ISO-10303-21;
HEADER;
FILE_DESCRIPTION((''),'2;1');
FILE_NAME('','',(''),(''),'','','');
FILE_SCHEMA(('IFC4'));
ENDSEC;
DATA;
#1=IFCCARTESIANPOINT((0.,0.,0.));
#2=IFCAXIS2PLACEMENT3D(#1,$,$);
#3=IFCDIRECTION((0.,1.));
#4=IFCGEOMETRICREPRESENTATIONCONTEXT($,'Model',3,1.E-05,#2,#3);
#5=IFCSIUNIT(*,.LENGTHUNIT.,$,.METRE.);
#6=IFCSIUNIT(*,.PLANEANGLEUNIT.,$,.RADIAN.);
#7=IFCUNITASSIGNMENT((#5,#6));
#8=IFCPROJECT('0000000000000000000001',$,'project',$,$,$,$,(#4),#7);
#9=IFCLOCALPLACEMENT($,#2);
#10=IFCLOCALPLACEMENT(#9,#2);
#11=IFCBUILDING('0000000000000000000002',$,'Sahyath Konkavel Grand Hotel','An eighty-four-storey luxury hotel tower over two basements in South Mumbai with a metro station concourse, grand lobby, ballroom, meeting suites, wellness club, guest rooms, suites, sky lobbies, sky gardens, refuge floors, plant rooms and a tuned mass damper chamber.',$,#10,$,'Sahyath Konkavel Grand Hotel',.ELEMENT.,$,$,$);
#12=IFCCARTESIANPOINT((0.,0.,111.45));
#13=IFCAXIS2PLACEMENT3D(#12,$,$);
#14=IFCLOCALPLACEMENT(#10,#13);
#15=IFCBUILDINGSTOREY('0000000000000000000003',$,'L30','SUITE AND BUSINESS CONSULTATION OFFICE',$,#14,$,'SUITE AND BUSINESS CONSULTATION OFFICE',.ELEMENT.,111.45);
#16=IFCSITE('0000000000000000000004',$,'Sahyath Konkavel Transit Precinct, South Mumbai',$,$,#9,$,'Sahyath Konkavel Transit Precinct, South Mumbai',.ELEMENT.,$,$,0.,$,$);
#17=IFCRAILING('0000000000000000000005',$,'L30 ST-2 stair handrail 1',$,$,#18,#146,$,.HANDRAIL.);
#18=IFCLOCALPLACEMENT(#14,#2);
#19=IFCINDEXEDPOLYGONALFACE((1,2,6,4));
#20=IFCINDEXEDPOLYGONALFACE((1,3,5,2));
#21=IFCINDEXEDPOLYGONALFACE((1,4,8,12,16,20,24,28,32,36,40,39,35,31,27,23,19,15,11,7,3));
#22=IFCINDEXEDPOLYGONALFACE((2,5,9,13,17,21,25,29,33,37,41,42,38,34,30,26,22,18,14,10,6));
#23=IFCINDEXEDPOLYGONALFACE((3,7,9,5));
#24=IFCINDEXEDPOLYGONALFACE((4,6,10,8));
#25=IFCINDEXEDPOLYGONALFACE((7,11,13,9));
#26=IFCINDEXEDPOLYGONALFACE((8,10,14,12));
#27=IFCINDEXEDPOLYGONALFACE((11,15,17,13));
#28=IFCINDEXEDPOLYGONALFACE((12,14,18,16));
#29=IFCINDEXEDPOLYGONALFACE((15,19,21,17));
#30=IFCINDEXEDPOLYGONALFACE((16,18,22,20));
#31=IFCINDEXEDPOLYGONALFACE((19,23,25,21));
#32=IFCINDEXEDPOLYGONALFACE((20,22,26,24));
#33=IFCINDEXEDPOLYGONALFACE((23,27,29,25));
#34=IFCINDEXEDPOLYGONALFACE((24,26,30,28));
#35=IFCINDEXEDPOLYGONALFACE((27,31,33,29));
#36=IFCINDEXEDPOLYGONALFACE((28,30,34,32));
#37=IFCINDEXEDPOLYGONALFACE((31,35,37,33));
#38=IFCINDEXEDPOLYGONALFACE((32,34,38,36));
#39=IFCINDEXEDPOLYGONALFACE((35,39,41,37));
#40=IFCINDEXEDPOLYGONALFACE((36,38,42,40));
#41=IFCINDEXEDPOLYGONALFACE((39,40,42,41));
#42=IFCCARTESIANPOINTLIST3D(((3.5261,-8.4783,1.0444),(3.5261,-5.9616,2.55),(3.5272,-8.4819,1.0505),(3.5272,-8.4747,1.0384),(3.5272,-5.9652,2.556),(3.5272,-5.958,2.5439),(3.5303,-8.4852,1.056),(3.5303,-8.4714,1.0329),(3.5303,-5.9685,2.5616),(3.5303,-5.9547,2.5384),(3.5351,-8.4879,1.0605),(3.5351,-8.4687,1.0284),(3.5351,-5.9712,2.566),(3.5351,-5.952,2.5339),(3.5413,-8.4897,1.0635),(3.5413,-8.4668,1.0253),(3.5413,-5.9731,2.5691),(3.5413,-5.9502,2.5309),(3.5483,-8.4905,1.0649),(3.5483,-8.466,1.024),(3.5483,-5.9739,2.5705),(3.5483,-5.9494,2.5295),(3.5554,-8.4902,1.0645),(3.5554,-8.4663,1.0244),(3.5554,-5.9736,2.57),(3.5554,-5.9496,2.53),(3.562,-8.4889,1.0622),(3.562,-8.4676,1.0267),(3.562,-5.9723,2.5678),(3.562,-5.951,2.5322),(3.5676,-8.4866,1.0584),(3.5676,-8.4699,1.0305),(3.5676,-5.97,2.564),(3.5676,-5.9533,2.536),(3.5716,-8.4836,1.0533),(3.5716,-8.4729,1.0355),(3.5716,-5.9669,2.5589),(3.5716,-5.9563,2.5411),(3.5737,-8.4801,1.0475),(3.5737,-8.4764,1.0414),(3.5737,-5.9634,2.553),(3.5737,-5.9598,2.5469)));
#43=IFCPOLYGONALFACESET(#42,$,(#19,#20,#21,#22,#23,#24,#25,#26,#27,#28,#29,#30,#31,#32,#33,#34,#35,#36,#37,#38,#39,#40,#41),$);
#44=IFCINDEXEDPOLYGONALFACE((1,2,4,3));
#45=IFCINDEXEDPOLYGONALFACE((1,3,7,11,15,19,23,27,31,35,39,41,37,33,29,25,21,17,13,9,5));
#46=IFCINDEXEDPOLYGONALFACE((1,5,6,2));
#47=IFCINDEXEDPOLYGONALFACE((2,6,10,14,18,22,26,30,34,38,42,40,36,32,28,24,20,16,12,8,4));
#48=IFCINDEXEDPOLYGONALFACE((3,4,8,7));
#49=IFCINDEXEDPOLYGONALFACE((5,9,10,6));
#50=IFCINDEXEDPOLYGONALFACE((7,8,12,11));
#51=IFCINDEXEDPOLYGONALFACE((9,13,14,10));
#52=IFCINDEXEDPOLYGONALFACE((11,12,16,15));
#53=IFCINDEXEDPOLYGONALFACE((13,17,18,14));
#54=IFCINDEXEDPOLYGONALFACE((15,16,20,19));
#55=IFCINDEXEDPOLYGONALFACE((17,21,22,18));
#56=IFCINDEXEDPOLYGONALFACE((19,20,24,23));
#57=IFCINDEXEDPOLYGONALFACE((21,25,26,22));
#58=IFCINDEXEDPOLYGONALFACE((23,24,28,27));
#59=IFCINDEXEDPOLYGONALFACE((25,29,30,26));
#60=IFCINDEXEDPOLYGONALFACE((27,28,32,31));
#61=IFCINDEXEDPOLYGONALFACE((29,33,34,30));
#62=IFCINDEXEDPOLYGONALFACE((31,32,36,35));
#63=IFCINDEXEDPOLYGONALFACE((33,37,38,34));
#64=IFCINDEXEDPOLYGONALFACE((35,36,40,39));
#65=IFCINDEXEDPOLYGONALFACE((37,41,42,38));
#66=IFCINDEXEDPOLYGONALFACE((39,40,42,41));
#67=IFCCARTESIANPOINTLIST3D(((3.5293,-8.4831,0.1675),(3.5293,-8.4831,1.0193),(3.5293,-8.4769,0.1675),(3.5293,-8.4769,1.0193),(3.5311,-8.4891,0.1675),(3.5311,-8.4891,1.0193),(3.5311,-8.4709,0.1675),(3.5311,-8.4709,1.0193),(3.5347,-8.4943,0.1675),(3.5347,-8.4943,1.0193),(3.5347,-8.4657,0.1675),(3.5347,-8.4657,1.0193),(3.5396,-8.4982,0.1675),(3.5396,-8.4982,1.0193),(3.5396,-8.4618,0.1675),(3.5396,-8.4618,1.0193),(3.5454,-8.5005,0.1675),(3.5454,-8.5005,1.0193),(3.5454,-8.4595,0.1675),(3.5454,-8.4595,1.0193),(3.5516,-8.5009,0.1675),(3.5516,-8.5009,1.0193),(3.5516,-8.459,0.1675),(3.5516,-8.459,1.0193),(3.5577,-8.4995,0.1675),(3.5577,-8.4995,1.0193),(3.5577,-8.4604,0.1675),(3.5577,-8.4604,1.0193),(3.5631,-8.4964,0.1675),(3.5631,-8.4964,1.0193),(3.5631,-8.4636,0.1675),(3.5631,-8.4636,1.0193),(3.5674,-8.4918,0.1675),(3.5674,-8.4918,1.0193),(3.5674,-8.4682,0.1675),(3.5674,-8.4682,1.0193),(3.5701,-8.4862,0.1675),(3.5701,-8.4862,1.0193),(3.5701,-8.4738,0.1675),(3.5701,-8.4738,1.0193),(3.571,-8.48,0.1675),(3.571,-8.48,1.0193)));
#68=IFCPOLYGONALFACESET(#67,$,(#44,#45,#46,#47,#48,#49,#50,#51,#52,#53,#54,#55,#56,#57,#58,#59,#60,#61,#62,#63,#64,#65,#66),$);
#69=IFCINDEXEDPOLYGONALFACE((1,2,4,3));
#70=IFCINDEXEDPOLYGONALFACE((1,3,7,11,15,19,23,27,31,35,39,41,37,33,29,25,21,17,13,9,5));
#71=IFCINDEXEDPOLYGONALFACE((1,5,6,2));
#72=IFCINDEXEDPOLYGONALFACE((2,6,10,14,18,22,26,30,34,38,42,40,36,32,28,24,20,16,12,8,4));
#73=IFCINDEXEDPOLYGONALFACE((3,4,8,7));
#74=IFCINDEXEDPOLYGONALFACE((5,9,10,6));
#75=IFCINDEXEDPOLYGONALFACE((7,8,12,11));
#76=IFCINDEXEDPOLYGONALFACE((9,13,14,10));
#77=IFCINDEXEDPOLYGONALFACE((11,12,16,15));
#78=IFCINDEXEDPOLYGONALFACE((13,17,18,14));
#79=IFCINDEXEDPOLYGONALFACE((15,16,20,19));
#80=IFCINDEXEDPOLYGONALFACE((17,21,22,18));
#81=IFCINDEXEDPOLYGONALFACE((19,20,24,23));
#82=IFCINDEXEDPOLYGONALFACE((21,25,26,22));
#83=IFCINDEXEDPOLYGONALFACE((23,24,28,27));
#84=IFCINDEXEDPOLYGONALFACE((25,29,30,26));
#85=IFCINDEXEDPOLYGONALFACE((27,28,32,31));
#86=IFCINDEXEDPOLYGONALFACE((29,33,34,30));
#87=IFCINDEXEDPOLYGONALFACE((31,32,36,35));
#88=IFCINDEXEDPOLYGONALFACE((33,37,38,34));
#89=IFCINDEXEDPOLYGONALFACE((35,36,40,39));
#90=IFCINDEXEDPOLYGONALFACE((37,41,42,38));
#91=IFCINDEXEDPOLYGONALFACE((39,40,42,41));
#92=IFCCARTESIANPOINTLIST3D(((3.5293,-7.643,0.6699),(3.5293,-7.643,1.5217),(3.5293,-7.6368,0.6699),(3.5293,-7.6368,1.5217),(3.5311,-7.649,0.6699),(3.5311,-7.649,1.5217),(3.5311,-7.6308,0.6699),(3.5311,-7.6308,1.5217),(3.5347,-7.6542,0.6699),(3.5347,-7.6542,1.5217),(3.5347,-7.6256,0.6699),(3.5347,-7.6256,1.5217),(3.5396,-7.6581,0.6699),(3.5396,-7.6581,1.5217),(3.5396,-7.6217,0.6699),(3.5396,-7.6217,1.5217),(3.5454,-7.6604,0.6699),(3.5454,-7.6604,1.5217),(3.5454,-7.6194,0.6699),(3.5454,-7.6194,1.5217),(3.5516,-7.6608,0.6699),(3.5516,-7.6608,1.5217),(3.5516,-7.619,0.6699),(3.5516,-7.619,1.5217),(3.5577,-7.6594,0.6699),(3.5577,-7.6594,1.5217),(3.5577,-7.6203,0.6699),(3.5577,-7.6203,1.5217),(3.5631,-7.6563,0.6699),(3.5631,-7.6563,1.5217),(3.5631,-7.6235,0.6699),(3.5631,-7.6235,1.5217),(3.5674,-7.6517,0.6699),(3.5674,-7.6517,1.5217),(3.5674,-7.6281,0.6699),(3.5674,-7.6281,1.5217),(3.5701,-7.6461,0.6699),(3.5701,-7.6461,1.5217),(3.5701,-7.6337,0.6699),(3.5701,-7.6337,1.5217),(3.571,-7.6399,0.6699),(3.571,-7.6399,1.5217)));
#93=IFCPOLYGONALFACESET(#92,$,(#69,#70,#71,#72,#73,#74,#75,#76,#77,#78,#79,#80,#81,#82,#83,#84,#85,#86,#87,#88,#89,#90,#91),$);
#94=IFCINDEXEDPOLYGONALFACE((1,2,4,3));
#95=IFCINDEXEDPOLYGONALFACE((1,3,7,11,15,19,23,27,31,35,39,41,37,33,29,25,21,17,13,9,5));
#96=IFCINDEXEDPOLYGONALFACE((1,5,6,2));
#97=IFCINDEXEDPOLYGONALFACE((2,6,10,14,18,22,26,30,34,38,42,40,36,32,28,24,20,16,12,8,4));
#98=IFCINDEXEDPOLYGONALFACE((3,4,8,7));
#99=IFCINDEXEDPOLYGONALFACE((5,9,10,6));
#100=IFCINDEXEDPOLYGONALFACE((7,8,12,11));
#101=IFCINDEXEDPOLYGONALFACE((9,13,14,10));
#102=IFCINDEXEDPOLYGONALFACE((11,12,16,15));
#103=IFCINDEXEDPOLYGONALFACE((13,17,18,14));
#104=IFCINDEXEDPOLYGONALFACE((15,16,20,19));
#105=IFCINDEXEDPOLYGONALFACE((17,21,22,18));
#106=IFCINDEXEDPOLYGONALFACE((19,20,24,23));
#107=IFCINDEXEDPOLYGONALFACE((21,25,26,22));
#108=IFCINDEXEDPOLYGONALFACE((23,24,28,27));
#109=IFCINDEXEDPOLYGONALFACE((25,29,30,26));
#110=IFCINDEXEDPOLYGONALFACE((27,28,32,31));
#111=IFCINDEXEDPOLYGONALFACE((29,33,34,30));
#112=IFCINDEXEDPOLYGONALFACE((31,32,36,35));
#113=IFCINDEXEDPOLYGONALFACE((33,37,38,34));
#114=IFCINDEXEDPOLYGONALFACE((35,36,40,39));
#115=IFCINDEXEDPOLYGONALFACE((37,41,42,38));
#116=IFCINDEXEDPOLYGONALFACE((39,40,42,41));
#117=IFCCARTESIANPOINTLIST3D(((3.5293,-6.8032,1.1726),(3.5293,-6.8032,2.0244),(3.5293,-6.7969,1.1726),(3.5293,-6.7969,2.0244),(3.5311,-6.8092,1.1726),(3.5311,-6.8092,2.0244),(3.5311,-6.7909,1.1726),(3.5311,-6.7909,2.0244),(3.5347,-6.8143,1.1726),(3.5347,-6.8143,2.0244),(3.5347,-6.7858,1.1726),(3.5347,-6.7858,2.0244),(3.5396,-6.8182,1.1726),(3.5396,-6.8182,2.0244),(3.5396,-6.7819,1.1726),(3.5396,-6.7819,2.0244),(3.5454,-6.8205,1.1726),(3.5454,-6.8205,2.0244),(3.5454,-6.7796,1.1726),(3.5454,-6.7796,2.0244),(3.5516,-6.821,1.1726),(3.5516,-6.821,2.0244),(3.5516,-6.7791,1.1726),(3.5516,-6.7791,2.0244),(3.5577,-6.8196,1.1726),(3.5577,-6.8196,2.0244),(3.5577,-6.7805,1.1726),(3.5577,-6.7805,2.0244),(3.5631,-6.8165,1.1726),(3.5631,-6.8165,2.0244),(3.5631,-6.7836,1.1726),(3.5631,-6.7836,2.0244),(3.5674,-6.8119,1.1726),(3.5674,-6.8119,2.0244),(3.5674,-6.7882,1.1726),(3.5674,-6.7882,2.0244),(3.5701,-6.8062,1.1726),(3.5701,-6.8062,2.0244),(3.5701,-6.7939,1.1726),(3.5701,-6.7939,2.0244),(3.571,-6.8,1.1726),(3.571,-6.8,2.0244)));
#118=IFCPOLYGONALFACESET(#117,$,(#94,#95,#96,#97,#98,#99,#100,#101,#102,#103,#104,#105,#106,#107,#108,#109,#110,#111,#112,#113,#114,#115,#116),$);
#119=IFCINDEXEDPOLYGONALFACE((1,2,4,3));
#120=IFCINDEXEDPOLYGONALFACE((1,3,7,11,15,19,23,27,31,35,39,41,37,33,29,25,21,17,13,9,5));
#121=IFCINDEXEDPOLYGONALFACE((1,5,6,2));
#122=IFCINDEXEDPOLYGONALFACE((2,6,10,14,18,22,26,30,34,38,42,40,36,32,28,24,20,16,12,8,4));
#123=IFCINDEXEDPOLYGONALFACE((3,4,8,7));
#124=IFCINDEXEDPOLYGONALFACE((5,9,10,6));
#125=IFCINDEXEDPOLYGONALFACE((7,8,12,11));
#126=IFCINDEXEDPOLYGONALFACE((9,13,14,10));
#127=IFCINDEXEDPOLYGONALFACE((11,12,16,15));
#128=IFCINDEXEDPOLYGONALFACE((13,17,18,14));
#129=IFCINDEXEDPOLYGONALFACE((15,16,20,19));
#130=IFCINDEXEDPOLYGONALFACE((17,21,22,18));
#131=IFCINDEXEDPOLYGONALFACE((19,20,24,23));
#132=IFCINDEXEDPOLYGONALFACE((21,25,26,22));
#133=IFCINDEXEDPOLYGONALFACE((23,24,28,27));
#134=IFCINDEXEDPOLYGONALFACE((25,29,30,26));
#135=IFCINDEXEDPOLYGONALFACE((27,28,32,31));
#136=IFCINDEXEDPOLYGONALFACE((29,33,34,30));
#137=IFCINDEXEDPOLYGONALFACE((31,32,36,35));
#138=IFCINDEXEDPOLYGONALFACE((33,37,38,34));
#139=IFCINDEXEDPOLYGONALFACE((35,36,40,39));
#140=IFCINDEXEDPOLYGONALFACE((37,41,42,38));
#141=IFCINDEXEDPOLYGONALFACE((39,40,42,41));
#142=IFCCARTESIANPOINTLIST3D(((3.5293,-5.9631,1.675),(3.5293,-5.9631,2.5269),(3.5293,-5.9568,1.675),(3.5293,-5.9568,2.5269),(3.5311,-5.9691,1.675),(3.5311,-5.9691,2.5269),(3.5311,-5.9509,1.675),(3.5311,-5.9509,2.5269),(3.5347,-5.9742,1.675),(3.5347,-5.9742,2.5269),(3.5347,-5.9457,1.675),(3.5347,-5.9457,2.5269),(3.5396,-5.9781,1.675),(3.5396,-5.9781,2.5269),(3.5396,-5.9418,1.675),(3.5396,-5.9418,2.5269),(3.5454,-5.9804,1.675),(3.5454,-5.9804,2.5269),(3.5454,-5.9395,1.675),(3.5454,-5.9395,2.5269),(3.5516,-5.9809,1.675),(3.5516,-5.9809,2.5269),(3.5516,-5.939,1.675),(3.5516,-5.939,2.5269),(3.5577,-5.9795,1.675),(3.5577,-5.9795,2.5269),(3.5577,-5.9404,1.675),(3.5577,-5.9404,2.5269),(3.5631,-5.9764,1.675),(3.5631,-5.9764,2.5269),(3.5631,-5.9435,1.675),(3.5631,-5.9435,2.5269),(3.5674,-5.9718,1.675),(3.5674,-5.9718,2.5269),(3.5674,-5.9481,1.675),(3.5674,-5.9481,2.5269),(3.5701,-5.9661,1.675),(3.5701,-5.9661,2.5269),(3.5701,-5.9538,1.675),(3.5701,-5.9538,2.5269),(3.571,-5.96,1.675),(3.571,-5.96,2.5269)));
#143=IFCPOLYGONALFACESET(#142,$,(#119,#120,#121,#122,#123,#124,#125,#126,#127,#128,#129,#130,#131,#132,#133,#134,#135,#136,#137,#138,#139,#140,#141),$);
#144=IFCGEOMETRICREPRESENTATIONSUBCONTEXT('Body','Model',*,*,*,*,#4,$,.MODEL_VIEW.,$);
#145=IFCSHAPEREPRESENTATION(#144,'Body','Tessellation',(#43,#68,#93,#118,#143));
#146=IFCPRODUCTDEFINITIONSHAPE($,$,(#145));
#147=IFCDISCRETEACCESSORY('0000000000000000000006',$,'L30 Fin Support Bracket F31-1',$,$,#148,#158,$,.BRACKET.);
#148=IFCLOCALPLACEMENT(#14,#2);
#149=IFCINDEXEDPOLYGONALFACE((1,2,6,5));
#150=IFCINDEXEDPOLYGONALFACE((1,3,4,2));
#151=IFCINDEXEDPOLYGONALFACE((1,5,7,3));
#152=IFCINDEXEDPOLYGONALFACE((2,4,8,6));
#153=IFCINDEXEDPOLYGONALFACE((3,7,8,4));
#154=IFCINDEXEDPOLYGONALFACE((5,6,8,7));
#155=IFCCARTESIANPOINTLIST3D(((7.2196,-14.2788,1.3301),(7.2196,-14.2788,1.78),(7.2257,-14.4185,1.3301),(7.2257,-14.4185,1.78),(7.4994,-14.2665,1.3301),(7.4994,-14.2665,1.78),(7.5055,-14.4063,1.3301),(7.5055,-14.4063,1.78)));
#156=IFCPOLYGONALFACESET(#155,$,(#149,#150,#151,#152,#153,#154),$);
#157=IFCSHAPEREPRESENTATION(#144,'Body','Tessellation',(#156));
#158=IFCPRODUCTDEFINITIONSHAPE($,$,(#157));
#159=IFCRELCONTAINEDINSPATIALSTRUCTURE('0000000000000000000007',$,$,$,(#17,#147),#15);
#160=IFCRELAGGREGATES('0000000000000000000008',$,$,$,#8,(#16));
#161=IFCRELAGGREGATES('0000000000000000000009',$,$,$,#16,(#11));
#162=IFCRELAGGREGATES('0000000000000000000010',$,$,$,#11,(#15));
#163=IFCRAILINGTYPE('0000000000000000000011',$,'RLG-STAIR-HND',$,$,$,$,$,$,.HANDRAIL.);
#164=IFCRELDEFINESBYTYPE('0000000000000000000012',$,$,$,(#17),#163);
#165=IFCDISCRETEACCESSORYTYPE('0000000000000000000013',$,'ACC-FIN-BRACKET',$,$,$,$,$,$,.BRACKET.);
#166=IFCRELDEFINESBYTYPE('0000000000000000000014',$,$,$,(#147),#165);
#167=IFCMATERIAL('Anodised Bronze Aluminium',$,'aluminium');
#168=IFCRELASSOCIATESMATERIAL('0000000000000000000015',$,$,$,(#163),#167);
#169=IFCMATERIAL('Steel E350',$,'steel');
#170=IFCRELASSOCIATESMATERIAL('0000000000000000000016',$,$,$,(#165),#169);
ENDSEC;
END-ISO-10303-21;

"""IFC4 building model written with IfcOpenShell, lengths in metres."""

from ifc_helpers import new_model, si_unit, direction, frame, origin, origin_2d, place, context, subcontext, project, spatial, rectangle, circle, extrude, source, transform, mapped, material, type_object, element, save


model = new_model("IFC4")

# Units and contexts
model_context = context("Model", 3, precision=1e-05, world=origin(), true_north=direction((0.0, 1.0)))
body_context = subcontext(model_context, "Body", "Model", "MODEL_VIEW")
ifc_project = project(units=[si_unit("LENGTHUNIT", "METRE"), si_unit("PLANEANGLEUNIT", "RADIAN")], contexts=[model_context])

# Site, building, storey
site_placement = place(None, origin())
site = spatial("IfcSite", under=ifc_project, at=site_placement, Name="Sahyath Konkavel Transit Precinct, South Mumbai", LongName="Sahyath Konkavel Transit Precinct, South Mumbai", CompositionType="ELEMENT", RefElevation=0.0)
building_placement = place(site_placement, origin())
building = spatial("IfcBuilding", under=site, at=building_placement, Name="Sahyath Konkavel Grand Hotel", Description="An eighty-four-storey luxury hotel tower over two basements in South Mumbai with a metro station concourse, grand lobby, ballroom, meeting suites, wellness club, guest rooms, suites, sky lobbies, sky gardens, refuge floors, plant rooms and a tuned mass damper chamber.", LongName="Sahyath Konkavel Grand Hotel", CompositionType="ELEMENT")
storey_placement = place(building_placement, frame((0.0, 0.0, 111.45)))
storey = spatial("IfcBuildingStorey", under=building, at=storey_placement, Name="L30", Description="SUITE AND BUSINESS CONSULTATION OFFICE", LongName="SUITE AND BUSINESS CONSULTATION OFFICE", CompositionType="ELEMENT", Elevation=111.45)

# Shared definitions
ifc_material_1 = material(Name="Steel E350", Category="steel")

# Shared definitions
ifc_material_2 = material(Name="Anodised Bronze Aluminium", Category="aluminium")

# Railing
railing_type_1 = type_object("IfcRailingType", Name="RLG-STAIR-HND", PredefinedType="HANDRAIL", material=ifc_material_2)
railing_1_placement = place(storey_placement, frame((3.55, -8.48, 0.1675)))
element("IfcRailing", 1, at=railing_1_placement, inside=storey, type_object=railing_type_1, Name="L30 ST-2 stair handrail 1", PredefinedType="HANDRAIL", context=body_context, shape_type="SweptSolid", body=[
    extrude(circle(Radius=0.0239, at=origin_2d()), frame((0.0, 0.0017, 0.877), z_axis=(0.0, 0.85816, 0.513383), x_axis=(-1.0, 0.0, 0.0)), (0.0, 0.0, 1.0), 2.9326),
    extrude(circle(Radius=0.021, at=origin_2d()), origin(), (0.0, 0.0, 1.0), 0.8518),
    extrude(circle(Radius=0.021, at=origin_2d()), frame((0.0, 0.8401, 0.5024)), (0.0, 0.0, 1.0), 0.8518),
    extrude(circle(Radius=0.021, at=origin_2d()), frame((0.0, 1.6799, 1.0051)), (0.0, 0.0, 1.0), 0.8518),
    extrude(circle(Radius=0.021, at=origin_2d()), frame((0.0, 2.52, 1.5076)), (0.0, 0.0, 1.0), 0.8518),
])

# Discrete accessory
discrete_accessory_type = type_object("IfcDiscreteAccessoryType", Name="ACC-FIN-BRACKET", PredefinedType="BRACKET", material=ifc_material_1)
shared_shape_1 = source(origin(), body_context, "Body", "SweptSolid", [
    extrude(rectangle(XDim=0.28, YDim=0.1399, at=origin_2d()), origin(), (0.0, 0.0, 1.0), 0.45),
])
discrete_accessory_placement = place(storey_placement, frame((7.3625, -14.3425, 1.3301), z_axis=(0.0, 0.0, 1.0), x_axis=(0.999048, 0.043619, 0.0)))
element("IfcDiscreteAccessory", 2, at=discrete_accessory_placement, inside=storey, type_object=discrete_accessory_type, Name="L30 Fin Support Bracket F31-1", PredefinedType="BRACKET", context=body_context, shape_type="MappedRepresentation", body=[
    mapped(shared_shape_1, transform((0.0, 0.0, 0.0), scale=1.0)),
])

save(model, "model.ifc")
